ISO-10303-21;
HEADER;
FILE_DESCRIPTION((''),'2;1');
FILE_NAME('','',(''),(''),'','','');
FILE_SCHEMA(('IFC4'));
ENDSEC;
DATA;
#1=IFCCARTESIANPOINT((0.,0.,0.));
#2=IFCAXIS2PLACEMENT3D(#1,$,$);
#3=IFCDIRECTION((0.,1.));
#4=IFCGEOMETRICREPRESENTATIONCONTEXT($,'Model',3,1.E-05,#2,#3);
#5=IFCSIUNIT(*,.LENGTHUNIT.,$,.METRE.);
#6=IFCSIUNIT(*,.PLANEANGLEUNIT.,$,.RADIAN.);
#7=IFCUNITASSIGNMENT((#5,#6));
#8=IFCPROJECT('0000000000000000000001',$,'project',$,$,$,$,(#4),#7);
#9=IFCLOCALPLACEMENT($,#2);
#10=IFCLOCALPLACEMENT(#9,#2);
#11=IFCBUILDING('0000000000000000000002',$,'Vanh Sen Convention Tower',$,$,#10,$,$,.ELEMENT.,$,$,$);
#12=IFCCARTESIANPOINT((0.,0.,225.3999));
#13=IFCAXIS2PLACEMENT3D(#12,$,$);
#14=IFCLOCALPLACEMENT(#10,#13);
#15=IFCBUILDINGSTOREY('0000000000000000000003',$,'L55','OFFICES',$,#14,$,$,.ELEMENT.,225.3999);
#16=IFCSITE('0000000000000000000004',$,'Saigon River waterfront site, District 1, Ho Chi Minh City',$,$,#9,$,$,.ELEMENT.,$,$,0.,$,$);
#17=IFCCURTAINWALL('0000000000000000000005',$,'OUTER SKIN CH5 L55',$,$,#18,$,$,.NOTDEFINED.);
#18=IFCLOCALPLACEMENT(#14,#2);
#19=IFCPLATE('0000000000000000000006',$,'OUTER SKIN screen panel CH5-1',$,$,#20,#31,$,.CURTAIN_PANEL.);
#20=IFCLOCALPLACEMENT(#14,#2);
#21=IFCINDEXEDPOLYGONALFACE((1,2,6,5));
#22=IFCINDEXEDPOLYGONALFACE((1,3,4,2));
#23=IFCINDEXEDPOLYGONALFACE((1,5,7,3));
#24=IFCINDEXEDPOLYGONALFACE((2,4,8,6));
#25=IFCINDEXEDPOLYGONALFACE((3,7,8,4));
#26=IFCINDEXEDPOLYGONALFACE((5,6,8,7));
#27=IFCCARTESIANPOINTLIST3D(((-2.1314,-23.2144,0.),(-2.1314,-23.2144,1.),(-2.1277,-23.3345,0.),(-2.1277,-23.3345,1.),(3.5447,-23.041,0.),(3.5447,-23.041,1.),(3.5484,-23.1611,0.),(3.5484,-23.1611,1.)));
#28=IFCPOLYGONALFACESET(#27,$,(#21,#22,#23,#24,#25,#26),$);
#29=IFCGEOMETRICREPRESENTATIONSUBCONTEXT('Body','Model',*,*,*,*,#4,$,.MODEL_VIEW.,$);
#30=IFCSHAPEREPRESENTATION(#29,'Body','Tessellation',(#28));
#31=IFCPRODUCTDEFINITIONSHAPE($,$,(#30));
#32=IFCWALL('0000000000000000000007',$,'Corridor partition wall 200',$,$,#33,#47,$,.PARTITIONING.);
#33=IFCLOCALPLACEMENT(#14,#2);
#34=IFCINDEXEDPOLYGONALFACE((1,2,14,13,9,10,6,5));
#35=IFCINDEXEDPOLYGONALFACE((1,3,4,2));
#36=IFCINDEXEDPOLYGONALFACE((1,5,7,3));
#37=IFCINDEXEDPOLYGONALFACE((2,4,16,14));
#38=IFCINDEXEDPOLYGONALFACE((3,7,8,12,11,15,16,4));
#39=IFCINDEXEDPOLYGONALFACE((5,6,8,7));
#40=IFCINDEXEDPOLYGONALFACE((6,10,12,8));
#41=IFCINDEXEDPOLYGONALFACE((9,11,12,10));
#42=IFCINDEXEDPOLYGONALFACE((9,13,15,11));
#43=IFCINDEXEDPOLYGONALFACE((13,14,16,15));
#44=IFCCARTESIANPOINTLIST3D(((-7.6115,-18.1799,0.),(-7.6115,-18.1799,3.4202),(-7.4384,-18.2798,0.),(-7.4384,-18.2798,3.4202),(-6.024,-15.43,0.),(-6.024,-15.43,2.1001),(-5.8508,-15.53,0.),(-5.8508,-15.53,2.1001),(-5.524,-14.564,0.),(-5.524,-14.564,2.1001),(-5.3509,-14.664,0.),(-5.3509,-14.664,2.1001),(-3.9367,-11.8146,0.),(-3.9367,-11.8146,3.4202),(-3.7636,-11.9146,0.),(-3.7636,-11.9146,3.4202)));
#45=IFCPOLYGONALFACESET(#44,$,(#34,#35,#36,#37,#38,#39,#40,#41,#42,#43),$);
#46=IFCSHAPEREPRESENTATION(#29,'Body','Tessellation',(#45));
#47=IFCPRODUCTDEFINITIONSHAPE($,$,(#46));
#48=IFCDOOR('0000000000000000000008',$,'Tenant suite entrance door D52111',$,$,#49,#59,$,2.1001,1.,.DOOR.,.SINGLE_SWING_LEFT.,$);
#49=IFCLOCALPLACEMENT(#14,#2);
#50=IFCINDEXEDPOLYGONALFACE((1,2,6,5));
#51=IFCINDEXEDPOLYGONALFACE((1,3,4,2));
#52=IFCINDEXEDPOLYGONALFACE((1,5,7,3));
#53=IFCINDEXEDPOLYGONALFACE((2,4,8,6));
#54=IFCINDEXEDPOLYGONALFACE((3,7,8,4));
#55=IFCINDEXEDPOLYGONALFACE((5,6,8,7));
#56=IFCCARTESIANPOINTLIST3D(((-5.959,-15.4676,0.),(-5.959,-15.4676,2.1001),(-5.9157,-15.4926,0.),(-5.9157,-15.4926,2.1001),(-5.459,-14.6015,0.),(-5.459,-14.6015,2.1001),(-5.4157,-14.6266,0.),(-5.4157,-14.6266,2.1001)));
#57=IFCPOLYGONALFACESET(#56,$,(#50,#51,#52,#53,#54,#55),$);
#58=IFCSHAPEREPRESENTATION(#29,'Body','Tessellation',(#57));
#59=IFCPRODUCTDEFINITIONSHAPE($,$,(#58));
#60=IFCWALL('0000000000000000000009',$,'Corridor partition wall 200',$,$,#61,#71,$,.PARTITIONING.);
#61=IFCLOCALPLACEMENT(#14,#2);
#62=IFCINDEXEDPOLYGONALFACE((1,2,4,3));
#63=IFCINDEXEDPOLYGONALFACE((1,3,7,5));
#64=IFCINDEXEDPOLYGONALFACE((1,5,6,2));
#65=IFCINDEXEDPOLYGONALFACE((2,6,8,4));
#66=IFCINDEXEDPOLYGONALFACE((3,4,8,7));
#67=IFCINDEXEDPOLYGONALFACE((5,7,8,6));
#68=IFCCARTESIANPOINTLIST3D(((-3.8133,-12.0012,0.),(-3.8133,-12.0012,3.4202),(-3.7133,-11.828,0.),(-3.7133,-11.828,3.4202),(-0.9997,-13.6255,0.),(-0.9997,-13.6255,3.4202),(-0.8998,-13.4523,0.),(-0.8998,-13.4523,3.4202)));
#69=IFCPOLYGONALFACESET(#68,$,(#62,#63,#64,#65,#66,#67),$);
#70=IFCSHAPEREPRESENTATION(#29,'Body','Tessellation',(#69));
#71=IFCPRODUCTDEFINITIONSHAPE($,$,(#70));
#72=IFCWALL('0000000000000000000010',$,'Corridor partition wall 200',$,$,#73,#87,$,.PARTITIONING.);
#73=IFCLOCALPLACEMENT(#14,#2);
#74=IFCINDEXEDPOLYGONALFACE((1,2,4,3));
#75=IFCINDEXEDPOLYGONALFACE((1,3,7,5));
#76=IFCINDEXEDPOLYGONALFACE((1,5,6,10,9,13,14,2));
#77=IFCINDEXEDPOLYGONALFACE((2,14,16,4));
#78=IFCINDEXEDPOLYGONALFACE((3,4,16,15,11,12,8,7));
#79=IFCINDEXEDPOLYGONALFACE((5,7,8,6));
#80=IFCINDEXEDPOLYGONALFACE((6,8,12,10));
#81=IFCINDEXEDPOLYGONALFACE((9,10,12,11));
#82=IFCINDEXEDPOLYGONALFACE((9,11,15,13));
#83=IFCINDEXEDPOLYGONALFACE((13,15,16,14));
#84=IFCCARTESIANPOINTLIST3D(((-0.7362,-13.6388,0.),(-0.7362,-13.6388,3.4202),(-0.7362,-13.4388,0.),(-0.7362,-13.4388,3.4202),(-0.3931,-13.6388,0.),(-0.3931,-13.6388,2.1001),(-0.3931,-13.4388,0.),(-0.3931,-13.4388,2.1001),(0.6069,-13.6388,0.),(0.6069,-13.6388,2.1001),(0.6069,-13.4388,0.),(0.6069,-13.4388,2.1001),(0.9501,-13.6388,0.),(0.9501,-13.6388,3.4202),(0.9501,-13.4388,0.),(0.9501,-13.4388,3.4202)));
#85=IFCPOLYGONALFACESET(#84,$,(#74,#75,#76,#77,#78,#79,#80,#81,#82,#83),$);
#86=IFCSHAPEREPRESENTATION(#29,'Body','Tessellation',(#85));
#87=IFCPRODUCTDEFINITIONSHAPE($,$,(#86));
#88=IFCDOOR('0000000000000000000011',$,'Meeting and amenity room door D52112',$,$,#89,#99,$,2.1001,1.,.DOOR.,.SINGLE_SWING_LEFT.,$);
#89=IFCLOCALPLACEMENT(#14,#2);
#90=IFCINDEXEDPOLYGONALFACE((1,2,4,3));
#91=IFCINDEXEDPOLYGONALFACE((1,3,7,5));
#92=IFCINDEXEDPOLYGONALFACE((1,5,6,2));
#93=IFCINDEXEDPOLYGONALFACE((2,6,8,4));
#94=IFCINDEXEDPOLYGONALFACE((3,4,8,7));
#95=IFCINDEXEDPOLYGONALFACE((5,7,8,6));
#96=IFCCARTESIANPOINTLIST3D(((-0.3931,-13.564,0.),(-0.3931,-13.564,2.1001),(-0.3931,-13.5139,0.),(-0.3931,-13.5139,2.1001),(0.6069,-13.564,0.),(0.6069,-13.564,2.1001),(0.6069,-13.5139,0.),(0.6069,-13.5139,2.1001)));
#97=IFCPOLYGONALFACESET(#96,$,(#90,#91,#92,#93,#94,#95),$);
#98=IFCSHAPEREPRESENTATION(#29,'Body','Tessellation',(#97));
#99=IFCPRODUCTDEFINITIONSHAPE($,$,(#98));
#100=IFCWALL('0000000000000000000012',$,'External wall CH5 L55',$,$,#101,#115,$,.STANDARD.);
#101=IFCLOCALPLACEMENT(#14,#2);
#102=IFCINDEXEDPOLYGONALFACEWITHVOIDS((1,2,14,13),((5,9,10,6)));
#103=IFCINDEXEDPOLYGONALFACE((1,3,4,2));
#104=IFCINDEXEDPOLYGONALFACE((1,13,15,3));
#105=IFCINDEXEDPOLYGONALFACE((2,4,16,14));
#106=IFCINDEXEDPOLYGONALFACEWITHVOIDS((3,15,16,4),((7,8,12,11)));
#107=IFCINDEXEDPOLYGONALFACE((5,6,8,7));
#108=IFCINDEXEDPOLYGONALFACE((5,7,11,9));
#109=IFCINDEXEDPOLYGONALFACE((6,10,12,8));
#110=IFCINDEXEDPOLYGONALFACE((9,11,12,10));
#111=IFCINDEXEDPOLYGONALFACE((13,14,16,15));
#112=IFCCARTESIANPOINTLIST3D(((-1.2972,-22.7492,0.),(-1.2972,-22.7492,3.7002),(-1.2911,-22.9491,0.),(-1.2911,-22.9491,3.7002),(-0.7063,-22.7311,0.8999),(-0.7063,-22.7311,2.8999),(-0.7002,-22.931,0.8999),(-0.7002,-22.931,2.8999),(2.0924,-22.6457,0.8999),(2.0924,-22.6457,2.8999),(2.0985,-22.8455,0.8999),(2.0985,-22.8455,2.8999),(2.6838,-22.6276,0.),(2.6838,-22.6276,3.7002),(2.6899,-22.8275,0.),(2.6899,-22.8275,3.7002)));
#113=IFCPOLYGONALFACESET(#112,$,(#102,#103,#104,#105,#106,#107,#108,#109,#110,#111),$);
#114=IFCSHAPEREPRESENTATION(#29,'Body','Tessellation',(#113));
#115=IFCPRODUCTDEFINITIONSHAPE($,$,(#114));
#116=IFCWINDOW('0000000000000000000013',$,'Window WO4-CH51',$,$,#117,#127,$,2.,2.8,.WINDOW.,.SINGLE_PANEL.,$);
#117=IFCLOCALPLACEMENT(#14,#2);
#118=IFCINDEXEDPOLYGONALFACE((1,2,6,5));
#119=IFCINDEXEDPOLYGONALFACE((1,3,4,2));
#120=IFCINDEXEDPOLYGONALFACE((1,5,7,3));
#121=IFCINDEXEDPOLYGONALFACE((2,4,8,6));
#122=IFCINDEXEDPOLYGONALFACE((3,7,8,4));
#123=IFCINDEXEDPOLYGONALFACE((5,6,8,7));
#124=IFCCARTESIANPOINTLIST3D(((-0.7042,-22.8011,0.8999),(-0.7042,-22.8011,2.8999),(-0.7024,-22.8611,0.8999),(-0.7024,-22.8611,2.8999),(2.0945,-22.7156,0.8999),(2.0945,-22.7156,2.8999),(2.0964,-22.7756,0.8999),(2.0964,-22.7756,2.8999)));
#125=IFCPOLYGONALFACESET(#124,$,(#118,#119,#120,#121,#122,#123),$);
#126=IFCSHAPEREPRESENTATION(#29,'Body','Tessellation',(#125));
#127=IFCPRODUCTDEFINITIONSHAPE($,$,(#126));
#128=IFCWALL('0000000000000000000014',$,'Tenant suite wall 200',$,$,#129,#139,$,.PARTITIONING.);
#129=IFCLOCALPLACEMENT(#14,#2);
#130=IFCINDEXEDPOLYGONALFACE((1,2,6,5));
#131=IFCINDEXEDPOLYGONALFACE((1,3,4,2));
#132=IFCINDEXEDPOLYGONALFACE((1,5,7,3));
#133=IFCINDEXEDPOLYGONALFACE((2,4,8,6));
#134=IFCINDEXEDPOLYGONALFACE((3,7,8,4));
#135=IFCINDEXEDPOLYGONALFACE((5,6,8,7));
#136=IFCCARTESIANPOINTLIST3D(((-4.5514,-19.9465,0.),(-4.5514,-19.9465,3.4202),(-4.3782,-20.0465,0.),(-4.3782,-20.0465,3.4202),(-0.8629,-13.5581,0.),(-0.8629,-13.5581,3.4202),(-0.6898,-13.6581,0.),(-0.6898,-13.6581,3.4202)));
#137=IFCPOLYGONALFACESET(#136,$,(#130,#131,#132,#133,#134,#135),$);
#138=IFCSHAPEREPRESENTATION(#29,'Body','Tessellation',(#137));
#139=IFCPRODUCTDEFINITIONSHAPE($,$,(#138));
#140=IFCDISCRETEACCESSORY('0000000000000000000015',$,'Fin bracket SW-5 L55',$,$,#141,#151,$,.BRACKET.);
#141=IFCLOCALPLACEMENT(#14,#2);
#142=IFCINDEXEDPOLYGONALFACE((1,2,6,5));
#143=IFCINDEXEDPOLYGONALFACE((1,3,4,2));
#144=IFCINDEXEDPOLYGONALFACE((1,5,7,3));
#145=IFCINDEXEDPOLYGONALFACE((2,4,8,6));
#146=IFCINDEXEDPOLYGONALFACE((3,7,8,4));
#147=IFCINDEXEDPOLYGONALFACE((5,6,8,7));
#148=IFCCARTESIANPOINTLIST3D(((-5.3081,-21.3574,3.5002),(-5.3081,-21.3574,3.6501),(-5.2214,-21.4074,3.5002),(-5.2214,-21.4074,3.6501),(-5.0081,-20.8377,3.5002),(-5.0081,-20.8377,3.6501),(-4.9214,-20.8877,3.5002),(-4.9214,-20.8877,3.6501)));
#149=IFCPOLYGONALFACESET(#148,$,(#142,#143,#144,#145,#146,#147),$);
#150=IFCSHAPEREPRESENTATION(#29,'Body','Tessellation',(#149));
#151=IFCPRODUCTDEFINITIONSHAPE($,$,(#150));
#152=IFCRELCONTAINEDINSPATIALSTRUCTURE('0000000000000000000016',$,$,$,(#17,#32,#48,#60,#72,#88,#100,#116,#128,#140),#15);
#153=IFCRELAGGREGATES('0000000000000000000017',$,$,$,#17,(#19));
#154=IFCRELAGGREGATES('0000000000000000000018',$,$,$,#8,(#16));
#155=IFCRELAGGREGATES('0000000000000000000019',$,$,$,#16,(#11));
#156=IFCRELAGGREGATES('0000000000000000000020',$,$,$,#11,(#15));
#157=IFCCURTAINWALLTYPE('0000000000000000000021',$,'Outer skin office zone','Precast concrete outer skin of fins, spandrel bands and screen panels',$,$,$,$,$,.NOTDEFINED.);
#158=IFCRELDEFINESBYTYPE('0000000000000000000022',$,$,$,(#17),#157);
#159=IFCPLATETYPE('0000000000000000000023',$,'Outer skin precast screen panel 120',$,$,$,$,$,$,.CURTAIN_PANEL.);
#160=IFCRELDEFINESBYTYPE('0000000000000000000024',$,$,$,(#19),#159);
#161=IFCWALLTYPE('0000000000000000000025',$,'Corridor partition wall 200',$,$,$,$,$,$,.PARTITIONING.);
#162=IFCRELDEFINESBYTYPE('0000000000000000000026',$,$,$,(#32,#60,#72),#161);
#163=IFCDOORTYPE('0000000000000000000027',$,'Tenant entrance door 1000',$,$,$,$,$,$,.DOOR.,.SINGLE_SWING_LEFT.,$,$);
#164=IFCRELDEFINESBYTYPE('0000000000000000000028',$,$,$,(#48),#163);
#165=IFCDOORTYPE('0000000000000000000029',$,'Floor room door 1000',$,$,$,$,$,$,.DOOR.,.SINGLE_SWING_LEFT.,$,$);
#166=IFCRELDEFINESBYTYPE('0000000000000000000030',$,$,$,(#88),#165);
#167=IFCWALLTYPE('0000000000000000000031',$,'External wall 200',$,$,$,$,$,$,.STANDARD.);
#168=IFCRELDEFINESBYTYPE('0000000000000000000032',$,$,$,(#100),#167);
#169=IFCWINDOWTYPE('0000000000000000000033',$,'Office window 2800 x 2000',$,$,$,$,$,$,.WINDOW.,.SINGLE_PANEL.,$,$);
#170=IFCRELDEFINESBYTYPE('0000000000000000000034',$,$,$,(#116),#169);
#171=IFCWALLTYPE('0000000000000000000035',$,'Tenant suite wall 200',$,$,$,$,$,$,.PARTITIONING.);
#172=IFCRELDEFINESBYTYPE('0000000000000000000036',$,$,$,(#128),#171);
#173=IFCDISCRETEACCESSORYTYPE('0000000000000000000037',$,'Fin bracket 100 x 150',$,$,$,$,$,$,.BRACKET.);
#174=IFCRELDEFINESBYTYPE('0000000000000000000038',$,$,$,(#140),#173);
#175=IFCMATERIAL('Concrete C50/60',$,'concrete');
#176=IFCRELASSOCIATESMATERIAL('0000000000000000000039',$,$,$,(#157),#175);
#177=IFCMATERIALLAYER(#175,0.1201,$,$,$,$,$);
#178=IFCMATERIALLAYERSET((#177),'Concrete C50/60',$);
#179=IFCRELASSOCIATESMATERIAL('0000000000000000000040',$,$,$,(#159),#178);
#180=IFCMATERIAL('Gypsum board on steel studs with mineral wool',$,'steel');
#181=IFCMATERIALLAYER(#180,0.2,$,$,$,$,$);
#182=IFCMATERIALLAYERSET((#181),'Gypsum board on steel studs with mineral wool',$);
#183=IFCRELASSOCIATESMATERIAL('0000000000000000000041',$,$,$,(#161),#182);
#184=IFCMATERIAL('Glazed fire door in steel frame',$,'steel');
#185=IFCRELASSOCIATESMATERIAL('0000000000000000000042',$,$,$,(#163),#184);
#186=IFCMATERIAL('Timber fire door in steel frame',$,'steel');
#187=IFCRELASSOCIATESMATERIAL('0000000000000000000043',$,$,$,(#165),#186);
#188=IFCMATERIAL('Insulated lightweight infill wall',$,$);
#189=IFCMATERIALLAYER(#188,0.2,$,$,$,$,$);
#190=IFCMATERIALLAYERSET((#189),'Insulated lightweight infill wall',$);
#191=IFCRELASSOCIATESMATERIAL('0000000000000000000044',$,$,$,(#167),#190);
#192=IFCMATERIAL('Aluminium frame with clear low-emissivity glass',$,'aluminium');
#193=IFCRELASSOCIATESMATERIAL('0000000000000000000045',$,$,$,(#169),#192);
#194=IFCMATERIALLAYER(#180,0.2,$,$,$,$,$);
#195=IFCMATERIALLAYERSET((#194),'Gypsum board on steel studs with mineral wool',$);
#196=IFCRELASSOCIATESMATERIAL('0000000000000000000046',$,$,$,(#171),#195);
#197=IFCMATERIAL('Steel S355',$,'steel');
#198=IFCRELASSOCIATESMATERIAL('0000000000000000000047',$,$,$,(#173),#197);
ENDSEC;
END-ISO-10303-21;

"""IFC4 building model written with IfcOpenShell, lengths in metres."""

from ifc_helpers import new_model, si_unit, direction, frame, frame_2d, origin, origin_2d, place, context, subcontext, project, spatial, rectangle, extrude, material, layer, layer_set, type_object, element, fill, aggregate, save


model = new_model("IFC4")

# Units and contexts
model_context = context("Model", 3, precision=1e-05, world=origin(), true_north=direction((0.0, 1.0)))
body_context = subcontext(model_context, "Body", "Model", "MODEL_VIEW")
ifc_project = project(units=[si_unit("LENGTHUNIT", "METRE"), si_unit("PLANEANGLEUNIT", "RADIAN")], contexts=[model_context])

# Site, building, storey
site_placement = place(None, origin())
site = spatial("IfcSite", under=ifc_project, at=site_placement, Name="Saigon River waterfront site, District 1, Ho Chi Minh City", CompositionType="ELEMENT", RefElevation=0.0)
building_placement = place(site_placement, origin())
building = spatial("IfcBuilding", under=site, at=building_placement, Name="Vanh Sen Convention Tower", CompositionType="ELEMENT")
storey_placement = place(building_placement, frame((0.0, 0.0, 225.3999)))
storey = spatial("IfcBuildingStorey", under=building, at=storey_placement, Name="L55", Description="OFFICES", CompositionType="ELEMENT", Elevation=225.3999)

# Shared definitions
ifc_material_1 = material(Name="Concrete C50/60", Category="concrete")
curtain_wall_type = type_object("IfcCurtainWallType", Name="Outer skin office zone", Description="Precast concrete outer skin of fins, spandrel bands and screen panels", PredefinedType="NOTDEFINED", material=ifc_material_1)

# Curtain wall
curtain_wall_1_placement = place(storey_placement, origin())
curtain_wall_1 = element("IfcCurtainWall", 1, at=curtain_wall_1_placement, inside=storey, type_object=curtain_wall_type, Name="OUTER SKIN CH5 L55", PredefinedType="NOTDEFINED")

# Plate
ifc_layer_1 = layer(ifc_material_1, 0.1201)
ifc_layer_set_1 = layer_set([ifc_layer_1], Name="Concrete C50/60")
plate_type = type_object("IfcPlateType", Name="Outer skin precast screen panel 120", PredefinedType="CURTAIN_PANEL", material=ifc_layer_set_1)
plate_1_placement = place(storey_placement, frame((0.7085, -23.1877, 0.0), z_axis=(0.0, 0.0, 1.0), x_axis=(0.999534, 0.03054, 0.0)))
plate_1 = element("IfcPlate", 2, at=plate_1_placement, type_object=plate_type, Name="OUTER SKIN screen panel CH5-1", PredefinedType="CURTAIN_PANEL", context=body_context, shape_type="SweptSolid", body=[
    extrude(rectangle(XDim=5.6787, YDim=0.1201, at=origin_2d()), origin(), (0.0, 0.0, 1.0), 1.0),
])
aggregate(curtain_wall_1, [plate_1])

# Wall, opening, door
ifc_material_2 = material(Name="Gypsum board on steel studs with mineral wool", Category="steel")
ifc_layer_2 = layer(ifc_material_2, 0.2)
ifc_layer_set_2 = layer_set([ifc_layer_2], Name="Gypsum board on steel studs with mineral wool")
wall_type_1 = type_object("IfcWallType", Name="Corridor partition wall 200", PredefinedType="PARTITIONING", material=ifc_layer_set_2)
wall_1_placement = place(storey_placement, frame((-7.5249, -18.2297, 0.0), z_axis=(0.0, 0.0, 1.0), x_axis=(0.499983, 0.866035, 0.0)))
wall_1 = element("IfcWall", 3, at=wall_1_placement, inside=storey, type_object=wall_type_1, Name="Corridor partition wall 200", PredefinedType="PARTITIONING", context=body_context, shape_type="SweptSolid", body=[
    extrude(rectangle(XDim=7.3499, YDim=0.2, at=frame_2d((3.6748, 0.0))), origin(), (0.0, 0.0, 1.0), 3.4202),
])
opening_1_placement = place(wall_1_placement, frame((3.175, 0.0, 0.0)))
opening_1 = element("IfcOpeningElement", 4, at=opening_1_placement, cuts=wall_1, PredefinedType="OPENING", context=body_context, shape_type="SweptSolid", body=[
    extrude(rectangle(XDim=1.0, YDim=2.1001, at=frame_2d((0.5, 1.05))), frame((0.0, 0.1099, 0.0), z_axis=(0.0, -1.0, 0.0), x_axis=(1.0, 0.0, 0.0)), (0.0, 0.0, 1.0), 0.22),
])
ifc_material_3 = material(Name="Glazed fire door in steel frame", Category="steel")
door_type_1 = type_object("IfcDoorType", Name="Tenant entrance door 1000", OperationType="SINGLE_SWING_LEFT", PredefinedType="DOOR", material=ifc_material_3)
door_1_placement = place(opening_1_placement, origin())
door_1 = element("IfcDoor", 5, at=door_1_placement, inside=storey, type_object=door_type_1, Name="Tenant suite entrance door D52111", OperationType="SINGLE_SWING_LEFT", OverallHeight=2.1001, OverallWidth=1.0, PredefinedType="DOOR", context=body_context, shape_type="SweptSolid", body=[
    extrude(rectangle(XDim=1.0, YDim=2.1001, at=frame_2d((0.5, 1.05))), frame((0.0, 0.0249, 0.0), z_axis=(0.0, -1.0, 0.0), x_axis=(1.0, 0.0, 0.0)), (0.0, 0.0, 1.0), 0.05),
])
fill(opening_1, door_1)

# Wall
wall_2_placement = place(storey_placement, frame((-3.7634, -11.9146, 0.0), z_axis=(0.0, 0.0, 1.0), x_axis=(0.866038, -0.499978, 0.0)))
element("IfcWall", 6, at=wall_2_placement, inside=storey, type_object=wall_type_1, Name="Corridor partition wall 200", PredefinedType="PARTITIONING", context=body_context, shape_type="SweptSolid", body=[
    extrude(rectangle(XDim=3.2488, YDim=0.2, at=frame_2d((1.6245, 0.0))), origin(), (0.0, 0.0, 1.0), 3.4202),
])

# Wall, opening, door
wall_3_placement = place(storey_placement, frame((-0.7363, -13.5388, 0.0), z_axis=(0.0, 0.0, 1.0), x_axis=(1.0, 0.0, 0.0)))
wall_3 = element("IfcWall", 7, at=wall_3_placement, inside=storey, type_object=wall_type_1, Name="Corridor partition wall 200", PredefinedType="PARTITIONING", context=body_context, shape_type="SweptSolid", body=[
    extrude(rectangle(XDim=1.6863, YDim=0.2, at=frame_2d((0.8433, 0.0))), origin(), (0.0, 0.0, 1.0), 3.4202),
])
opening_2_placement = place(wall_3_placement, frame((0.3433, 0.0, 0.0)))
opening_2 = element("IfcOpeningElement", 8, at=opening_2_placement, cuts=wall_3, PredefinedType="OPENING", context=body_context, shape_type="SweptSolid", body=[
    extrude(rectangle(XDim=1.0, YDim=2.1001, at=frame_2d((0.5, 1.05))), frame((0.0, 0.1099, 0.0), z_axis=(0.0, -1.0, 0.0), x_axis=(1.0, 0.0, 0.0)), (0.0, 0.0, 1.0), 0.22),
])
ifc_material_4 = material(Name="Timber fire door in steel frame", Category="steel")
door_type_2 = type_object("IfcDoorType", Name="Floor room door 1000", OperationType="SINGLE_SWING_LEFT", PredefinedType="DOOR", material=ifc_material_4)
door_2_placement = place(opening_2_placement, origin())
door_2 = element("IfcDoor", 9, at=door_2_placement, inside=storey, type_object=door_type_2, Name="Meeting and amenity room door D52112", OperationType="SINGLE_SWING_LEFT", OverallHeight=2.1001, OverallWidth=1.0, PredefinedType="DOOR", context=body_context, shape_type="SweptSolid", body=[
    extrude(rectangle(XDim=1.0, YDim=2.1001, at=frame_2d((0.5, 1.05))), frame((0.0, 0.0249, 0.0), z_axis=(0.0, -1.0, 0.0), x_axis=(1.0, 0.0, 0.0)), (0.0, 0.0, 1.0), 0.05),
])
fill(opening_2, door_2)

# Wall, opening, window
ifc_material_5 = material(Name="Insulated lightweight infill wall")
ifc_layer_3 = layer(ifc_material_5, 0.2)
ifc_layer_set_3 = layer_set([ifc_layer_3], Name="Insulated lightweight infill wall")
wall_type_2 = type_object("IfcWallType", Name="External wall 200", PredefinedType="STANDARD", material=ifc_layer_set_3)
wall_4_placement = place(storey_placement, frame((-1.2942, -22.8491, 0.0), z_axis=(0.0, 0.0, 1.0), x_axis=(0.999534, 0.030527, 0.0)))
wall_4 = element("IfcWall", 10, at=wall_4_placement, inside=storey, type_object=wall_type_2, Name="External wall CH5 L55", PredefinedType="STANDARD", context=body_context, shape_type="SweptSolid", body=[
    extrude(rectangle(XDim=3.9829, YDim=0.2, at=frame_2d((1.9915, 0.0))), origin(), (0.0, 0.0, 1.0), 3.7002),
])
opening_3_placement = place(wall_4_placement, frame((0.5913, 0.0, 0.8999)))
opening_3 = element("IfcOpeningElement", 11, at=opening_3_placement, cuts=wall_4, PredefinedType="OPENING", context=body_context, shape_type="SweptSolid", body=[
    extrude(rectangle(XDim=2.8, YDim=2.0, at=frame_2d((1.3999, 1.0))), frame((0.0, 0.1099, 0.0), z_axis=(0.0, -1.0, 0.0), x_axis=(1.0, 0.0, 0.0)), (0.0, 0.0, 1.0), 0.22),
])
ifc_material_6 = material(Name="Aluminium frame with clear low-emissivity glass", Category="aluminium")
window_type = type_object("IfcWindowType", Name="Office window 2800 x 2000", PartitioningType="SINGLE_PANEL", PredefinedType="WINDOW", material=ifc_material_6)
window_placement = place(opening_3_placement, origin())
window = element("IfcWindow", 12, at=window_placement, inside=storey, type_object=window_type, Name="Window WO4-CH51", OverallHeight=2.0, OverallWidth=2.8, PartitioningType="SINGLE_PANEL", PredefinedType="WINDOW", context=body_context, shape_type="SweptSolid", body=[
    extrude(rectangle(XDim=2.8, YDim=2.0, at=frame_2d((1.3999, 1.0))), frame((0.0, 0.03, 0.0), z_axis=(0.0, -1.0, 0.0), x_axis=(1.0, 0.0, 0.0)), (0.0, 0.0, 1.0), 0.0601),
])
fill(opening_3, window)

# Wall
ifc_layer_4 = layer(ifc_material_2, 0.2)
ifc_layer_set_4 = layer_set([ifc_layer_4], Name="Gypsum board on steel studs with mineral wool")
wall_type_3 = type_object("IfcWallType", Name="Tenant suite wall 200", PredefinedType="PARTITIONING", material=ifc_layer_set_4)
wall_5_placement = place(storey_placement, frame((-4.4648, -19.9966, 0.0), z_axis=(0.0, 0.0, 1.0), x_axis=(0.500012, 0.866019, 0.0)))
element("IfcWall", 13, at=wall_5_placement, inside=storey, type_object=wall_type_3, Name="Tenant suite wall 200", PredefinedType="PARTITIONING", context=body_context, shape_type="SweptSolid", body=[
    extrude(rectangle(XDim=7.3767, YDim=0.2, at=frame_2d((3.6885, 0.0))), origin(), (0.0, 0.0, 1.0), 3.4202),
])

# Discrete accessory
ifc_material_7 = material(Name="Steel S355", Category="steel")
discrete_accessory_type = type_object("IfcDiscreteAccessoryType", Name="Fin bracket 100 x 150", PredefinedType="BRACKET", material=ifc_material_7)
discrete_accessory_placement = place(storey_placement, frame((-5.1147, -21.1226, 3.5002), z_axis=(0.0, 0.0, 1.0), x_axis=(-0.5, -0.866025, 0.0)))
element("IfcDiscreteAccessory", 14, at=discrete_accessory_placement, inside=storey, type_object=discrete_accessory_type, Name="Fin bracket SW-5 L55", PredefinedType="BRACKET", context=body_context, shape_type="SweptSolid", body=[
    extrude(rectangle(XDim=0.6001, YDim=0.1001, at=origin_2d()), origin(), (0.0, 0.0, 1.0), 0.1499),
])

save(model, "model.ifc")
